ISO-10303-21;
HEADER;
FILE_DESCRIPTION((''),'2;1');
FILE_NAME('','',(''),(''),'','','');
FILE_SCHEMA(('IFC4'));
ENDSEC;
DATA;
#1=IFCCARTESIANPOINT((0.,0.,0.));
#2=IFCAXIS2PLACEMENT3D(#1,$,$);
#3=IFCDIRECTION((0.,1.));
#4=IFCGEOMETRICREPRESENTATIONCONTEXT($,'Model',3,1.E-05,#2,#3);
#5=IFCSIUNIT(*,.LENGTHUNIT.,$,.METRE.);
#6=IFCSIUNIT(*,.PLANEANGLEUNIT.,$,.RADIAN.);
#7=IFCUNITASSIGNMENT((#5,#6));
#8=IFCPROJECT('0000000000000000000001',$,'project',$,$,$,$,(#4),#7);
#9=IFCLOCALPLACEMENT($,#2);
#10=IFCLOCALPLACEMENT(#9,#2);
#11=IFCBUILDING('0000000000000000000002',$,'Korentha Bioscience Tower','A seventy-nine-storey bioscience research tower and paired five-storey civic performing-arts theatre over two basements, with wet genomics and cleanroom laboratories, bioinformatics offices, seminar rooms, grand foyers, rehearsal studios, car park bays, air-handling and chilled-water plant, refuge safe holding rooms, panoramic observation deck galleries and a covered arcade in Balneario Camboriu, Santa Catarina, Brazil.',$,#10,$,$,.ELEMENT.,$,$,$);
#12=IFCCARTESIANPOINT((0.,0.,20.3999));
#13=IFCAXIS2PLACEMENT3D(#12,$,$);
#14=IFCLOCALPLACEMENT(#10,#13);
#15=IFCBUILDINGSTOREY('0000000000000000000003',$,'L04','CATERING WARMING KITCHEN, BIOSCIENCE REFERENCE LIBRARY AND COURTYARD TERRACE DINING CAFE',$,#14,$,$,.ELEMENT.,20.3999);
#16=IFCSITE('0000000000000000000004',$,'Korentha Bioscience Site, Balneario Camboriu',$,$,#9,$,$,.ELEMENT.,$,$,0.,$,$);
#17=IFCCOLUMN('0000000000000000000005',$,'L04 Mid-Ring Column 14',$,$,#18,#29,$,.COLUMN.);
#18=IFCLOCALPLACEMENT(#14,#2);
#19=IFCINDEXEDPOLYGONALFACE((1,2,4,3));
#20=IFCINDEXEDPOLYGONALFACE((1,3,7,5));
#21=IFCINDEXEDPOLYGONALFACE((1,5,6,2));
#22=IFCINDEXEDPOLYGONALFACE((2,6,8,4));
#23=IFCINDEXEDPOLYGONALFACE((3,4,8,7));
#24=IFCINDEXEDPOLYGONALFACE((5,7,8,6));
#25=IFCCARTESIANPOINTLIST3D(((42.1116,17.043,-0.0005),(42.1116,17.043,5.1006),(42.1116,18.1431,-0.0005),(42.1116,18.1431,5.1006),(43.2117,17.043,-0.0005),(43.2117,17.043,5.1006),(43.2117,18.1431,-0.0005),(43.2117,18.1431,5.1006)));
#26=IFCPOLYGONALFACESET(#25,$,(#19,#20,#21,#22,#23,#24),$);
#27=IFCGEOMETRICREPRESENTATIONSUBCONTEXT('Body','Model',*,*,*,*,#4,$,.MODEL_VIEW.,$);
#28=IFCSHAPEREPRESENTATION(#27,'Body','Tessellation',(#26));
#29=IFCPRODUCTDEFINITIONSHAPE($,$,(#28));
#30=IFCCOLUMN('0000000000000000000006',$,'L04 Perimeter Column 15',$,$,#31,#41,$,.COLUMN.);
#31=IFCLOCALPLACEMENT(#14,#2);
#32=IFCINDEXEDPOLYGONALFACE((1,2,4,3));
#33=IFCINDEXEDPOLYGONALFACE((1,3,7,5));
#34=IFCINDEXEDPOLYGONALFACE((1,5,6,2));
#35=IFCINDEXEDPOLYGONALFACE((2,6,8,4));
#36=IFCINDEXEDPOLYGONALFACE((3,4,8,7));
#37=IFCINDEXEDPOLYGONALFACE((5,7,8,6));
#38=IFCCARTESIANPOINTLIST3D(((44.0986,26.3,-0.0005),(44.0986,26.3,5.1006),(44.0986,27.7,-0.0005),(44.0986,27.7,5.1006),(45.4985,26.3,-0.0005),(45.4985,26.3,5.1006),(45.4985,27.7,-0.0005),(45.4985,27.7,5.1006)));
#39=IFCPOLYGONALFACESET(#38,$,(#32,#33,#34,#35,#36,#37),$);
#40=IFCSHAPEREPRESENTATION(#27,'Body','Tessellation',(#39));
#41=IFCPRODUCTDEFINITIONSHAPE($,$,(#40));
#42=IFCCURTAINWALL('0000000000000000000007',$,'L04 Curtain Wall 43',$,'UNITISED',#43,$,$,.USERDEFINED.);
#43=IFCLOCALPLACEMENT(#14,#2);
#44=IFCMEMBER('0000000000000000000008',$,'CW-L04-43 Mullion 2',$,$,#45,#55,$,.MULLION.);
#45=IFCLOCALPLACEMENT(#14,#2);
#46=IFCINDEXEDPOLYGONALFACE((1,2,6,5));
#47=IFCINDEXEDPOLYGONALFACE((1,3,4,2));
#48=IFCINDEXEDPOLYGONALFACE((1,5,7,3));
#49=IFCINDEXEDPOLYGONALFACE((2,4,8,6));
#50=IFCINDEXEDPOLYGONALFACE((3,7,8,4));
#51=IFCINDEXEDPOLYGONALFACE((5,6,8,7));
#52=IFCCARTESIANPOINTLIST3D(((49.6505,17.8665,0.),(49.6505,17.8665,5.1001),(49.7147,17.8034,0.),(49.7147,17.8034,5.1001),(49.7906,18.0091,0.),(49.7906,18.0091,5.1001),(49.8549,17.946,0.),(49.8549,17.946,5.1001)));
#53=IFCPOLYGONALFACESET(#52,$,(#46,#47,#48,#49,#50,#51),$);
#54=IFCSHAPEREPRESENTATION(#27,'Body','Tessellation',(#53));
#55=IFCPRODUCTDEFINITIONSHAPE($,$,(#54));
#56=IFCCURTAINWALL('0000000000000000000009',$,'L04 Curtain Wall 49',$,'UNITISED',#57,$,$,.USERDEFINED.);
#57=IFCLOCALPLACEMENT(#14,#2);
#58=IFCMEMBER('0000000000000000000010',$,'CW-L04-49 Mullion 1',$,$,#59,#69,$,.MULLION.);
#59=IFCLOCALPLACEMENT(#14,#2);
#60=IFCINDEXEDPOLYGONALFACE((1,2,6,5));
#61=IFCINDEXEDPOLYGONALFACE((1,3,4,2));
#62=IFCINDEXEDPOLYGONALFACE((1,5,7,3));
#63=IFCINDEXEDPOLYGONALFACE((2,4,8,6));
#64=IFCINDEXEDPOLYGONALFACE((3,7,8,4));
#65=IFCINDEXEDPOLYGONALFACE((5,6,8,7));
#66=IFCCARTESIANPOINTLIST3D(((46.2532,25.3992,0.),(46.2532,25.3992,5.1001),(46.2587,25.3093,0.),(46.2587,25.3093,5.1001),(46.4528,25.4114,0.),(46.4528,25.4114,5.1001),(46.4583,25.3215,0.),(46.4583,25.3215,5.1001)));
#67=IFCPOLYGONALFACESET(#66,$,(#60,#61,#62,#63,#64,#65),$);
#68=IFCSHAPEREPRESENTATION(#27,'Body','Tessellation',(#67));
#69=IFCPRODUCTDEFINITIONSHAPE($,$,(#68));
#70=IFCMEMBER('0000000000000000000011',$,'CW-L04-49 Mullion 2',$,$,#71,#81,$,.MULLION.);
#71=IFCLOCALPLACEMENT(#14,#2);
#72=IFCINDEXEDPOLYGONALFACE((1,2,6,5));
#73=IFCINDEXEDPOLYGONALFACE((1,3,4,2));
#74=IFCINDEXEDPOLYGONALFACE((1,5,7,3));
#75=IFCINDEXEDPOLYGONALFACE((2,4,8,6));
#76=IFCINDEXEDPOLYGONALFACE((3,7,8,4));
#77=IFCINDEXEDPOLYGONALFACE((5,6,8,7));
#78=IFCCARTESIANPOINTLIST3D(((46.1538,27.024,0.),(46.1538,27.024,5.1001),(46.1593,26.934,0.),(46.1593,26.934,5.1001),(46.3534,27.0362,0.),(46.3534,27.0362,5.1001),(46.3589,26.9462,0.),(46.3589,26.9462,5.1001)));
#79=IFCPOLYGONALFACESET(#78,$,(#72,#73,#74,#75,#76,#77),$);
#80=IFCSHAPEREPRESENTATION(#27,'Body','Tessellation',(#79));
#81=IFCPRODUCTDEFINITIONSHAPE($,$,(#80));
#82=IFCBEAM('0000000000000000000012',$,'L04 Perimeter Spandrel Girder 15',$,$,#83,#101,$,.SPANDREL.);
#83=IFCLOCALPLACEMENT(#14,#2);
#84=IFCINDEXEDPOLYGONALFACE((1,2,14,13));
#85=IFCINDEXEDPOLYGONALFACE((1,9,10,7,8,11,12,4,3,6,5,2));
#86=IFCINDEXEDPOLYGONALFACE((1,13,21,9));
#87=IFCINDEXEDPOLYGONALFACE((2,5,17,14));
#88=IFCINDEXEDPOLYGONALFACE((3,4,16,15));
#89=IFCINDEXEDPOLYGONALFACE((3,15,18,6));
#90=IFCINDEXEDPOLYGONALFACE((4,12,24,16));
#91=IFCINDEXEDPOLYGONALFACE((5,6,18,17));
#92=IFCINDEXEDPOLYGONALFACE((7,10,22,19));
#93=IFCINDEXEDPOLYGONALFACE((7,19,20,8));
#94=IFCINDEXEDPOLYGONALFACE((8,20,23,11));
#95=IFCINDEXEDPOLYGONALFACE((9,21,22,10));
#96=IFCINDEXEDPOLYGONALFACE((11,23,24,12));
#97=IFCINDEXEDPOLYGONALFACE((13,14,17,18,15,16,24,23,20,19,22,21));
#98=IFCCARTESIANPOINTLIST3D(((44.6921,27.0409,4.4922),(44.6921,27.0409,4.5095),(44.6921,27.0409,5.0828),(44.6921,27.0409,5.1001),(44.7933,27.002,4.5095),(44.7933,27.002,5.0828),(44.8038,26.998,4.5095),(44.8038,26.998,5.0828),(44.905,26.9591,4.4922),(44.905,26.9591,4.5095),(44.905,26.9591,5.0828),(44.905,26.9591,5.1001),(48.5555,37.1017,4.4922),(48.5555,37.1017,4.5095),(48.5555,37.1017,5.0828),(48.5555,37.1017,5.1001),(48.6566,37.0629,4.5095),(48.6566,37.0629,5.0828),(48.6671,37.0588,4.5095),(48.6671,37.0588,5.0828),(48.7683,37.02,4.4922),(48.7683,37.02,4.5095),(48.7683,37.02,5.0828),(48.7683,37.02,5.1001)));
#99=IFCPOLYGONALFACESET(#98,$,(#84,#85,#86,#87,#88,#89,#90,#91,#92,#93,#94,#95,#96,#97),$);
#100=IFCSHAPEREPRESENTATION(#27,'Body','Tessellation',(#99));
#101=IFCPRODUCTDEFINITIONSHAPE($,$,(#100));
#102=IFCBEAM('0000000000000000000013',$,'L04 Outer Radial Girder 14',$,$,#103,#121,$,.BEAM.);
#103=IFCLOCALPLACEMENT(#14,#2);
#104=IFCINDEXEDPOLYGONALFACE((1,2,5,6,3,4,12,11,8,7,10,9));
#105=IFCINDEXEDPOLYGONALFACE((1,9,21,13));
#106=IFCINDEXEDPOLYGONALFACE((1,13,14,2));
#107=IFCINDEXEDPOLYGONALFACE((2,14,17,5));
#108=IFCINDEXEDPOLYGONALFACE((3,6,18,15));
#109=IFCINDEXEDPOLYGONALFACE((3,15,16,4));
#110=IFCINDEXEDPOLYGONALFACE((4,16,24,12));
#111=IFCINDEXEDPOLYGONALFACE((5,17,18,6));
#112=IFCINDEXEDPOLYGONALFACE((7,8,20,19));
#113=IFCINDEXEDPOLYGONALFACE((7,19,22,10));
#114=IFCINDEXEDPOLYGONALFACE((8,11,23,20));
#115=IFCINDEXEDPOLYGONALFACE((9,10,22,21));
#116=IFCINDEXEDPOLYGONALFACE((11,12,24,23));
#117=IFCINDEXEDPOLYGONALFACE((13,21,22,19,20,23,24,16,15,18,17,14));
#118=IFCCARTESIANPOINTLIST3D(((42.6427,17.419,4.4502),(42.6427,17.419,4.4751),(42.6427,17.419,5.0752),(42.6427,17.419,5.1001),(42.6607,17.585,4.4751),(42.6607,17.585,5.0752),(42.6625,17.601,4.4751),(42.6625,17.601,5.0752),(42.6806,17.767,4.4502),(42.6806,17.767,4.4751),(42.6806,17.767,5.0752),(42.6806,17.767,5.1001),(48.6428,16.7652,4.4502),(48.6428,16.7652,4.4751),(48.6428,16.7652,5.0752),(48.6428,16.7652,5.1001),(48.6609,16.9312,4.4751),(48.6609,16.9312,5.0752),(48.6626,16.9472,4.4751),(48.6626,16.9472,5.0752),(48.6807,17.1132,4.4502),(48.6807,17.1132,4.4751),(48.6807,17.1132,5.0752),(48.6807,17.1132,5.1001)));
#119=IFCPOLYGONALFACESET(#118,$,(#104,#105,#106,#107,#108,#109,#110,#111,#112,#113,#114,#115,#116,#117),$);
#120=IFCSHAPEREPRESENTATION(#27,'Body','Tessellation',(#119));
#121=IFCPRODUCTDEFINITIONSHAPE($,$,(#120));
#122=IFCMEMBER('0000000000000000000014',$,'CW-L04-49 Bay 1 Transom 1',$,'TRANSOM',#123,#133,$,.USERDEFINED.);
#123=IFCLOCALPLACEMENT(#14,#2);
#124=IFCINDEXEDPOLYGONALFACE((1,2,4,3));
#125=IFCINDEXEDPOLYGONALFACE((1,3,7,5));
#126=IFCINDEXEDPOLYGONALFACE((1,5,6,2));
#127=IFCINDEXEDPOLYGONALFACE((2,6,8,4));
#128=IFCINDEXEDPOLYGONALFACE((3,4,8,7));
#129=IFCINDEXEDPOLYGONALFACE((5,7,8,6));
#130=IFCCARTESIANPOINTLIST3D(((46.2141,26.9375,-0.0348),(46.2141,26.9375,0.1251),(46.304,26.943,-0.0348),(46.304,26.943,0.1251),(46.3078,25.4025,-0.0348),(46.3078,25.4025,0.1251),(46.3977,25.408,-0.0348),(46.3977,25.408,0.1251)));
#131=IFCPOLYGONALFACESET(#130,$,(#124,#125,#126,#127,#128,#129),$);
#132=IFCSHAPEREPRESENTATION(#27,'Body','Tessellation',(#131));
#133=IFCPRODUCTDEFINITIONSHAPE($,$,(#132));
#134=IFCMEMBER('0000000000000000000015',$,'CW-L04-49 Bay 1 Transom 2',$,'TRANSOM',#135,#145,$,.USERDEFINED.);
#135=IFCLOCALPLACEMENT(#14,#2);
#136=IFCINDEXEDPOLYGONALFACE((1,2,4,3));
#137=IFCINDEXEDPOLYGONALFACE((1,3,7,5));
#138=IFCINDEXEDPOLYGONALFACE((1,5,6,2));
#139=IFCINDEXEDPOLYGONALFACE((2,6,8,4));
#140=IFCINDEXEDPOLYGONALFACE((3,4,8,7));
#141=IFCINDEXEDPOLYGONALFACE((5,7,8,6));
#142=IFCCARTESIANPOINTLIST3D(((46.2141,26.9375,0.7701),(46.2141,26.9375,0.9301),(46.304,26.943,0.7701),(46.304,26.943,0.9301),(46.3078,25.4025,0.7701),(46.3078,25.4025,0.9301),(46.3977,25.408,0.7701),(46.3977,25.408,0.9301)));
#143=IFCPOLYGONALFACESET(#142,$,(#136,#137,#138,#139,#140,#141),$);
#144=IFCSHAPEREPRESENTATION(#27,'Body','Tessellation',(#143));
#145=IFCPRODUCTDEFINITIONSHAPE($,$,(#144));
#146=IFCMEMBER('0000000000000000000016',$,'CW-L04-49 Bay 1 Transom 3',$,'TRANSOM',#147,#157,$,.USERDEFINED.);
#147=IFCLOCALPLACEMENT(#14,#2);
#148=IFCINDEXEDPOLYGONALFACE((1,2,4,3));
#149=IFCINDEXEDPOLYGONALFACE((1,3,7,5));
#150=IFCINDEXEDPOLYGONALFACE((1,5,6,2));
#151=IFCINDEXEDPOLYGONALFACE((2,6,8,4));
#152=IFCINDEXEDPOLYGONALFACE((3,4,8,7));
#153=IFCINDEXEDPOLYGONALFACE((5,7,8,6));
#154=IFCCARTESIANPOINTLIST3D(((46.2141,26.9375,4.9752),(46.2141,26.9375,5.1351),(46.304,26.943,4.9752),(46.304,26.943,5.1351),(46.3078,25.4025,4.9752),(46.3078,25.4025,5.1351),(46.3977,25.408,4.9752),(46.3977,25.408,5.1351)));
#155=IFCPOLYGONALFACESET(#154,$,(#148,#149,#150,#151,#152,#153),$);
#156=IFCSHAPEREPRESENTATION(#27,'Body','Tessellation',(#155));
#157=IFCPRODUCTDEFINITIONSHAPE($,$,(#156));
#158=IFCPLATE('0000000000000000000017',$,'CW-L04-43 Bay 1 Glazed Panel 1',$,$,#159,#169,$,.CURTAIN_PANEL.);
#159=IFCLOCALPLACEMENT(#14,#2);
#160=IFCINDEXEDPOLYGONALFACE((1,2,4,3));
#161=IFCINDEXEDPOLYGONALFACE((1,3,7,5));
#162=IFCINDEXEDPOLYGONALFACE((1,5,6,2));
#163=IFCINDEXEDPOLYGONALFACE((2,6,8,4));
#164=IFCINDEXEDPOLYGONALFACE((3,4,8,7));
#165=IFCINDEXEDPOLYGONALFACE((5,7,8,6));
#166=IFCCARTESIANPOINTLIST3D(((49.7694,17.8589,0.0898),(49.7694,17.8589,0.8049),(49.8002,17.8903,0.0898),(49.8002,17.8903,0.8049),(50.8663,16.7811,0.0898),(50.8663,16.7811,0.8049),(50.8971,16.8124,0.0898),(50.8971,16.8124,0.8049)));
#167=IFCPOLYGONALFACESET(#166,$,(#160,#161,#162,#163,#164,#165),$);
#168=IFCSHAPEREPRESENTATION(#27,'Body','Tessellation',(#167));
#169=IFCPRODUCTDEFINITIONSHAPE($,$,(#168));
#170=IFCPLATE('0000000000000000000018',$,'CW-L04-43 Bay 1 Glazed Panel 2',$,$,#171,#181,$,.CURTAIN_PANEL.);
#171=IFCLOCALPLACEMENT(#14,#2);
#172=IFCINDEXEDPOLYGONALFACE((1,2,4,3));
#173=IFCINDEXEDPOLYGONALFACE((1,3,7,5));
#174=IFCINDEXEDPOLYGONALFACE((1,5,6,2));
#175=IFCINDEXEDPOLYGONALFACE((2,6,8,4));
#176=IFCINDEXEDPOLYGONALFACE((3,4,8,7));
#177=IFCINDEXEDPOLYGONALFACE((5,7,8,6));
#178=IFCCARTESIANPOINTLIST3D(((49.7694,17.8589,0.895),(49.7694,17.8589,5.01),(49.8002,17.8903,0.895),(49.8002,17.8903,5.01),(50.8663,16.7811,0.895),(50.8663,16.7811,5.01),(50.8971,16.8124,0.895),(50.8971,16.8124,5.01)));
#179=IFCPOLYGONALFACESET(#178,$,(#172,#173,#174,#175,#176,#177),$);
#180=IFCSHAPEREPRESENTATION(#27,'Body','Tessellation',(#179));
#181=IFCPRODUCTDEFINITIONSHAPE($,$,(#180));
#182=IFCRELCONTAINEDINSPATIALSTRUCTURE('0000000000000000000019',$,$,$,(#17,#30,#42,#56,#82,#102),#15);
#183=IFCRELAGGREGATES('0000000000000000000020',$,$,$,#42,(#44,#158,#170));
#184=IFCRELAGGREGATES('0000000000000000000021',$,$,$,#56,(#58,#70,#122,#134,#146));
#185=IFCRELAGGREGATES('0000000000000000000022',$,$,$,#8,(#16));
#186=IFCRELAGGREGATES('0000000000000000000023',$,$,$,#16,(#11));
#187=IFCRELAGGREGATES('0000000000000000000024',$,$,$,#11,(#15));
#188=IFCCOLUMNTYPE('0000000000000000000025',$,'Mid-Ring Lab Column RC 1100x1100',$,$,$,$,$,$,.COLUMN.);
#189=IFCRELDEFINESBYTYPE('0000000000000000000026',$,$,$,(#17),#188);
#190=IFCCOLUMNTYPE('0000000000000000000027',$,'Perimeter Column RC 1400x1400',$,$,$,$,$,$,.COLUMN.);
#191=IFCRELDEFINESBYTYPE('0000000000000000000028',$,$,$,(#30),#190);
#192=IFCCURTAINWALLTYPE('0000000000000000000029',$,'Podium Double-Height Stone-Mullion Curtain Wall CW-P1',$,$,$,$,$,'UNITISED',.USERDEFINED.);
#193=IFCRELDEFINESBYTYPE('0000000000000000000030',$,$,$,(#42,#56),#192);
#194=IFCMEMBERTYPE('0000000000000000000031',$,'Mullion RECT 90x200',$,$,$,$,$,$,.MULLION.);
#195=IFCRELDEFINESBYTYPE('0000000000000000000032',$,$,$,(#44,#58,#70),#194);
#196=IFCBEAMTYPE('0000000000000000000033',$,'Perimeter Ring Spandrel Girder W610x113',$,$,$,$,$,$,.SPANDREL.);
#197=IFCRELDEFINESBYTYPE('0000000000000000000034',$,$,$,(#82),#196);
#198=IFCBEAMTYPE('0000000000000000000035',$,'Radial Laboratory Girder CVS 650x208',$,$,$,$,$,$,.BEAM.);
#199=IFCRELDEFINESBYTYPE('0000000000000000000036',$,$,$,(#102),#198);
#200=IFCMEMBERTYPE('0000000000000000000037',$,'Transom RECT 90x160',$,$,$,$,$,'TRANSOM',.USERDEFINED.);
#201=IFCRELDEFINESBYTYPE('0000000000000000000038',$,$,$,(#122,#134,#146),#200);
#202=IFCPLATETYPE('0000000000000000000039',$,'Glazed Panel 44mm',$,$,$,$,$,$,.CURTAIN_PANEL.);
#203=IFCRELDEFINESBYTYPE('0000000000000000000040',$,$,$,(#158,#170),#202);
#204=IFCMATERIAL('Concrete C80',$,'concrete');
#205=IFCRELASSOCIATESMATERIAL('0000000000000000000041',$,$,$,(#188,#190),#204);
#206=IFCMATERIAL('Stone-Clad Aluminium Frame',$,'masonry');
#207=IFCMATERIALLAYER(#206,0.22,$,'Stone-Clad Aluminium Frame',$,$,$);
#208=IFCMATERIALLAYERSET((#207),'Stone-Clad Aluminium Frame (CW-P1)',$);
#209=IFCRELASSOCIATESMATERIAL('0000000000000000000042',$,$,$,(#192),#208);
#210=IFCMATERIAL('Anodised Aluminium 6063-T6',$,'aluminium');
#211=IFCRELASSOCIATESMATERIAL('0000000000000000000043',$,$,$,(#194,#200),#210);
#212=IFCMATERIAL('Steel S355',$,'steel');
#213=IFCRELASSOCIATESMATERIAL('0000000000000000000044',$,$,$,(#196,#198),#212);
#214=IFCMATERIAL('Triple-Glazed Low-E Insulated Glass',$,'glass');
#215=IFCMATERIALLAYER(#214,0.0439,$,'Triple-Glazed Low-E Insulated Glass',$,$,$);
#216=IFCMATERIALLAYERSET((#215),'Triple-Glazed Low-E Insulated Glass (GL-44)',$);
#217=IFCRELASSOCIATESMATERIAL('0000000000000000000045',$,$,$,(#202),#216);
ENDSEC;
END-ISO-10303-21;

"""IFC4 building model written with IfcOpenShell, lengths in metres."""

from ifc_helpers import new_model, si_unit, direction, frame, origin, origin_2d, place, context, subcontext, project, spatial, rectangle, i_section, extrude, material, layer, layer_set, material_profile, profile_set, type_object, element, aggregate, save


model = new_model("IFC4")

# Units and contexts
model_context = context("Model", 3, precision=1e-05, world=origin(), true_north=direction((0.0, 1.0)))
body_context = subcontext(model_context, "Body", "Model", "MODEL_VIEW")
ifc_project = project(units=[si_unit("LENGTHUNIT", "METRE"), si_unit("PLANEANGLEUNIT", "RADIAN")], contexts=[model_context])

# Site, building, storey
site_placement = place(None, origin())
site = spatial("IfcSite", under=ifc_project, at=site_placement, Name="Korentha Bioscience Site, Balneario Camboriu", CompositionType="ELEMENT", RefElevation=0.0)
building_placement = place(site_placement, origin())
building = spatial("IfcBuilding", under=site, at=building_placement, Name="Korentha Bioscience Tower", Description="A seventy-nine-storey bioscience research tower and paired five-storey civic performing-arts theatre over two basements, with wet genomics and cleanroom laboratories, bioinformatics offices, seminar rooms, grand foyers, rehearsal studios, car park bays, air-handling and chilled-water plant, refuge safe holding rooms, panoramic observation deck galleries and a covered arcade in Balneario Camboriu, Santa Catarina, Brazil.", CompositionType="ELEMENT")
storey_placement = place(building_placement, frame((0.0, 0.0, 20.3999)))
storey = spatial("IfcBuildingStorey", under=building, at=storey_placement, Name="L04", Description="CATERING WARMING KITCHEN, BIOSCIENCE REFERENCE LIBRARY AND COURTYARD TERRACE DINING CAFE", CompositionType="ELEMENT", Elevation=20.3999)

# Columns
ifc_material_1 = material(Name="Concrete C80", Category="concrete")
ifc_material_profile_1 = material_profile(ifc_material_1, rectangle(XDim=1.1001, YDim=1.1001, at=origin_2d()), Name="Concrete C80")
ifc_profile_set_1 = profile_set([ifc_material_profile_1], Name="Concrete C80 (COL-MR11)")
column_type_1 = type_object("IfcColumnType", Name="Mid-Ring Lab Column RC 1100x1100", PredefinedType="COLUMN", material=ifc_profile_set_1)
column_1_placement = place(storey_placement, frame((42.6616, 17.593, -0.0005), z_axis=(0.0, 0.0, 1.0), x_axis=(1.0, 0.0, 0.0)))
element("IfcColumn", 1, at=column_1_placement, inside=storey, type_object=column_type_1, Name="L04 Mid-Ring Column 14", PredefinedType="COLUMN", context=body_context, shape_type="SweptSolid", body=[
    extrude(rectangle(XDim=1.1001, YDim=1.1001, at=origin_2d()), origin(), (0.0, 0.0, 1.0), 5.1011),
])
ifc_material_profile_2 = material_profile(ifc_material_1, rectangle(XDim=1.3999, YDim=1.3999, at=origin_2d()), Name="Concrete C80")
ifc_profile_set_2 = profile_set([ifc_material_profile_2], Name="Concrete C80 (COL-P14)")
column_type_2 = type_object("IfcColumnType", Name="Perimeter Column RC 1400x1400", PredefinedType="COLUMN", material=ifc_profile_set_2)
column_2_placement = place(storey_placement, frame((44.7986, 27.0, -0.0005), z_axis=(0.0, 0.0, 1.0), x_axis=(0.0, 1.0, 0.0)))
element("IfcColumn", 2, at=column_2_placement, inside=storey, type_object=column_type_2, Name="L04 Perimeter Column 15", PredefinedType="COLUMN", context=body_context, shape_type="SweptSolid", body=[
    extrude(rectangle(XDim=1.3999, YDim=1.3999, at=origin_2d()), origin(), (0.0, 0.0, 1.0), 5.1011),
])

# Curtain wall, member
ifc_material_2 = material(Name="Stone-Clad Aluminium Frame", Category="masonry")
ifc_layer_1 = layer(ifc_material_2, 0.22, Name="Stone-Clad Aluminium Frame")
ifc_layer_set_1 = layer_set([ifc_layer_1], Name="Stone-Clad Aluminium Frame (CW-P1)")
curtain_wall_type = type_object("IfcCurtainWallType", Name="Podium Double-Height Stone-Mullion Curtain Wall CW-P1", ElementType="UNITISED", PredefinedType="USERDEFINED", material=ifc_layer_set_1)
curtain_wall_1_placement = place(storey_placement, origin())
curtain_wall_1 = element("IfcCurtainWall", 3, at=curtain_wall_1_placement, inside=storey, type_object=curtain_wall_type, Name="L04 Curtain Wall 43", ObjectType="UNITISED", PredefinedType="USERDEFINED")
ifc_material_3 = material(Name="Anodised Aluminium 6063-T6", Category="aluminium")
ifc_material_profile_3 = material_profile(ifc_material_3, rectangle(XDim=0.0901, YDim=0.2, at=origin_2d()), Name="Anodised Aluminium 6063-T6")
ifc_profile_set_3 = profile_set([ifc_material_profile_3], Name="Anodised Aluminium 6063-T6 (CW-MUL)")
member_type_1 = type_object("IfcMemberType", Name="Mullion RECT 90x200", PredefinedType="MULLION", material=ifc_profile_set_3)
member_1_placement = place(storey_placement, frame((49.7527, 17.9062, 0.0), z_axis=(0.0, 0.0, 1.0), x_axis=(-0.713279, 0.70088, 0.0)))
member_1 = element("IfcMember", 4, at=member_1_placement, type_object=member_type_1, Name="CW-L04-43 Mullion 2", PredefinedType="MULLION", context=body_context, shape_type="SweptSolid", body=[
    extrude(rectangle(XDim=0.0901, YDim=0.2, at=origin_2d()), origin(), (0.0, 0.0, 1.0), 5.1001),
])

# Curtain wall, members
curtain_wall_2_placement = place(storey_placement, origin())
curtain_wall_2 = element("IfcCurtainWall", 5, at=curtain_wall_2_placement, inside=storey, type_object=curtain_wall_type, Name="L04 Curtain Wall 49", ObjectType="UNITISED", PredefinedType="USERDEFINED")
member_2_placement = place(storey_placement, frame((46.3557, 25.3604, 0.0), z_axis=(0.0, 0.0, 1.0), x_axis=(-0.061008, 0.998137, 0.0)))
member_2 = element("IfcMember", 6, at=member_2_placement, type_object=member_type_1, Name="CW-L04-49 Mullion 1", PredefinedType="MULLION", context=body_context, shape_type="SweptSolid", body=[
    extrude(rectangle(XDim=0.0901, YDim=0.2, at=origin_2d()), origin(), (0.0, 0.0, 1.0), 5.1001),
])
member_3_placement = place(storey_placement, frame((46.2563, 26.9851, 0.0), z_axis=(0.0, 0.0, 1.0), x_axis=(-0.061008, 0.998137, 0.0)))
member_3 = element("IfcMember", 7, at=member_3_placement, type_object=member_type_1, Name="CW-L04-49 Mullion 2", PredefinedType="MULLION", context=body_context, shape_type="SweptSolid", body=[
    extrude(rectangle(XDim=0.0901, YDim=0.2, at=origin_2d()), origin(), (0.0, 0.0, 1.0), 5.1001),
])

# Beams
ifc_material_4 = material(Name="Steel S355", Category="steel")
ifc_material_profile_4 = material_profile(ifc_material_4, i_section(OverallWidth=0.228, OverallDepth=0.6079, WebThickness=0.0112, FlangeThickness=0.0173, at=origin_2d()), Name="Steel S355")
ifc_profile_set_4 = profile_set([ifc_material_profile_4], Name="Steel S355 (SB-610)")
beam_type_1 = type_object("IfcBeamType", Name="Perimeter Ring Spandrel Girder W610x113", PredefinedType="SPANDREL", material=ifc_profile_set_4)
beam_1_placement = place(storey_placement, frame((44.7986, 27.0, 4.7961), z_axis=(0.358474, 0.93354, 0.0), x_axis=(-0.93354, 0.358474, 0.0)))
element("IfcBeam", 8, at=beam_1_placement, inside=storey, type_object=beam_type_1, Name="L04 Perimeter Spandrel Girder 15", PredefinedType="SPANDREL", context=body_context, shape_type="SweptSolid", body=[
    extrude(i_section(OverallWidth=0.228, OverallDepth=0.6079, WebThickness=0.0112, FlangeThickness=0.0173, at=origin_2d()), origin(), (0.0, 0.0, 1.0), 10.7771),
])
ifc_material_profile_5 = material_profile(ifc_material_4, i_section(OverallWidth=0.3501, OverallDepth=0.6499, WebThickness=0.0161, FlangeThickness=0.0249, at=origin_2d()), Name="Steel S355")
ifc_profile_set_5 = profile_set([ifc_material_profile_5], Name="Steel S355 (RB-650)")
beam_type_2 = type_object("IfcBeamType", Name="Radial Laboratory Girder CVS 650x208", PredefinedType="BEAM", material=ifc_profile_set_5)
beam_2_placement = place(storey_placement, frame((42.6616, 17.593, 4.7751), z_axis=(0.994116, -0.108323, 0.0), x_axis=(0.108323, 0.994116, 0.0)))
element("IfcBeam", 9, at=beam_2_placement, inside=storey, type_object=beam_type_2, Name="L04 Outer Radial Girder 14", PredefinedType="BEAM", context=body_context, shape_type="SweptSolid", body=[
    extrude(i_section(OverallWidth=0.3501, OverallDepth=0.6499, WebThickness=0.0161, FlangeThickness=0.0249, at=origin_2d()), origin(), (0.0, 0.0, 1.0), 6.0356),
])

# Members
ifc_material_profile_6 = material_profile(ifc_material_3, rectangle(XDim=0.0901, YDim=0.1599, at=origin_2d()), Name="Anodised Aluminium 6063-T6")
ifc_profile_set_6 = profile_set([ifc_material_profile_6], Name="Anodised Aluminium 6063-T6 (CW-TRN)")
member_type_2 = type_object("IfcMemberType", Name="Transom RECT 90x160", ElementType="TRANSOM", PredefinedType="USERDEFINED", material=ifc_profile_set_6)
member_4_placement = place(storey_placement, frame((46.3528, 25.4053, 0.0452), z_axis=(-0.060965, 0.99814, 0.0), x_axis=(-0.99814, -0.060965, 0.0)))
member_4 = element("IfcMember", 10, at=member_4_placement, type_object=member_type_2, Name="CW-L04-49 Bay 1 Transom 1", ObjectType="TRANSOM", PredefinedType="USERDEFINED", context=body_context, shape_type="SweptSolid", body=[
    extrude(rectangle(XDim=0.0901, YDim=0.1599, at=origin_2d()), origin(), (0.0, 0.0, 1.0), 1.5378),
])
member_5_placement = place(storey_placement, frame((46.3528, 25.4053, 0.8501), z_axis=(-0.060965, 0.99814, 0.0), x_axis=(-0.99814, -0.060965, 0.0)))
member_5 = element("IfcMember", 11, at=member_5_placement, type_object=member_type_2, Name="CW-L04-49 Bay 1 Transom 2", ObjectType="TRANSOM", PredefinedType="USERDEFINED", context=body_context, shape_type="SweptSolid", body=[
    extrude(rectangle(XDim=0.0901, YDim=0.1599, at=origin_2d()), origin(), (0.0, 0.0, 1.0), 1.5378),
])
member_6_placement = place(storey_placement, frame((46.3528, 25.4053, 5.0552), z_axis=(-0.060965, 0.99814, 0.0), x_axis=(-0.99814, -0.060965, 0.0)))
member_6 = element("IfcMember", 12, at=member_6_placement, type_object=member_type_2, Name="CW-L04-49 Bay 1 Transom 3", ObjectType="TRANSOM", PredefinedType="USERDEFINED", context=body_context, shape_type="SweptSolid", body=[
    extrude(rectangle(XDim=0.0901, YDim=0.1599, at=origin_2d()), origin(), (0.0, 0.0, 1.0), 1.5378),
])

# Plates
ifc_material_5 = material(Name="Triple-Glazed Low-E Insulated Glass", Category="glass")
ifc_layer_2 = layer(ifc_material_5, 0.0439, Name="Triple-Glazed Low-E Insulated Glass")
ifc_layer_set_2 = layer_set([ifc_layer_2], Name="Triple-Glazed Low-E Insulated Glass (GL-44)")
plate_type = type_object("IfcPlateType", Name="Glazed Panel 44mm", PredefinedType="CURTAIN_PANEL", material=ifc_layer_set_2)
plate_1_placement = place(storey_placement, frame((50.3333, 17.3357, 0.0898), z_axis=(0.0, 0.0, 1.0), x_axis=(-0.713279, 0.70088, 0.0)))
plate_1 = element("IfcPlate", 13, at=plate_1_placement, type_object=plate_type, Name="CW-L04-43 Bay 1 Glazed Panel 1", PredefinedType="CURTAIN_PANEL", context=body_context, shape_type="SweptSolid", body=[
    extrude(rectangle(XDim=1.5378, YDim=0.0439, at=origin_2d()), origin(), (0.0, 0.0, 1.0), 0.7151),
])
plate_2_placement = place(storey_placement, frame((50.3333, 17.3357, 0.895), z_axis=(0.0, 0.0, 1.0), x_axis=(-0.713279, 0.70088, 0.0)))
plate_2 = element("IfcPlate", 14, at=plate_2_placement, type_object=plate_type, Name="CW-L04-43 Bay 1 Glazed Panel 2", PredefinedType="CURTAIN_PANEL", context=body_context, shape_type="SweptSolid", body=[
    extrude(rectangle(XDim=1.5378, YDim=0.0439, at=origin_2d()), origin(), (0.0, 0.0, 1.0), 4.115),
])
aggregate(curtain_wall_1, [member_1, plate_1, plate_2])
aggregate(curtain_wall_2, [member_2, member_3, member_4, member_5, member_6])

save(model, "model.ifc")
